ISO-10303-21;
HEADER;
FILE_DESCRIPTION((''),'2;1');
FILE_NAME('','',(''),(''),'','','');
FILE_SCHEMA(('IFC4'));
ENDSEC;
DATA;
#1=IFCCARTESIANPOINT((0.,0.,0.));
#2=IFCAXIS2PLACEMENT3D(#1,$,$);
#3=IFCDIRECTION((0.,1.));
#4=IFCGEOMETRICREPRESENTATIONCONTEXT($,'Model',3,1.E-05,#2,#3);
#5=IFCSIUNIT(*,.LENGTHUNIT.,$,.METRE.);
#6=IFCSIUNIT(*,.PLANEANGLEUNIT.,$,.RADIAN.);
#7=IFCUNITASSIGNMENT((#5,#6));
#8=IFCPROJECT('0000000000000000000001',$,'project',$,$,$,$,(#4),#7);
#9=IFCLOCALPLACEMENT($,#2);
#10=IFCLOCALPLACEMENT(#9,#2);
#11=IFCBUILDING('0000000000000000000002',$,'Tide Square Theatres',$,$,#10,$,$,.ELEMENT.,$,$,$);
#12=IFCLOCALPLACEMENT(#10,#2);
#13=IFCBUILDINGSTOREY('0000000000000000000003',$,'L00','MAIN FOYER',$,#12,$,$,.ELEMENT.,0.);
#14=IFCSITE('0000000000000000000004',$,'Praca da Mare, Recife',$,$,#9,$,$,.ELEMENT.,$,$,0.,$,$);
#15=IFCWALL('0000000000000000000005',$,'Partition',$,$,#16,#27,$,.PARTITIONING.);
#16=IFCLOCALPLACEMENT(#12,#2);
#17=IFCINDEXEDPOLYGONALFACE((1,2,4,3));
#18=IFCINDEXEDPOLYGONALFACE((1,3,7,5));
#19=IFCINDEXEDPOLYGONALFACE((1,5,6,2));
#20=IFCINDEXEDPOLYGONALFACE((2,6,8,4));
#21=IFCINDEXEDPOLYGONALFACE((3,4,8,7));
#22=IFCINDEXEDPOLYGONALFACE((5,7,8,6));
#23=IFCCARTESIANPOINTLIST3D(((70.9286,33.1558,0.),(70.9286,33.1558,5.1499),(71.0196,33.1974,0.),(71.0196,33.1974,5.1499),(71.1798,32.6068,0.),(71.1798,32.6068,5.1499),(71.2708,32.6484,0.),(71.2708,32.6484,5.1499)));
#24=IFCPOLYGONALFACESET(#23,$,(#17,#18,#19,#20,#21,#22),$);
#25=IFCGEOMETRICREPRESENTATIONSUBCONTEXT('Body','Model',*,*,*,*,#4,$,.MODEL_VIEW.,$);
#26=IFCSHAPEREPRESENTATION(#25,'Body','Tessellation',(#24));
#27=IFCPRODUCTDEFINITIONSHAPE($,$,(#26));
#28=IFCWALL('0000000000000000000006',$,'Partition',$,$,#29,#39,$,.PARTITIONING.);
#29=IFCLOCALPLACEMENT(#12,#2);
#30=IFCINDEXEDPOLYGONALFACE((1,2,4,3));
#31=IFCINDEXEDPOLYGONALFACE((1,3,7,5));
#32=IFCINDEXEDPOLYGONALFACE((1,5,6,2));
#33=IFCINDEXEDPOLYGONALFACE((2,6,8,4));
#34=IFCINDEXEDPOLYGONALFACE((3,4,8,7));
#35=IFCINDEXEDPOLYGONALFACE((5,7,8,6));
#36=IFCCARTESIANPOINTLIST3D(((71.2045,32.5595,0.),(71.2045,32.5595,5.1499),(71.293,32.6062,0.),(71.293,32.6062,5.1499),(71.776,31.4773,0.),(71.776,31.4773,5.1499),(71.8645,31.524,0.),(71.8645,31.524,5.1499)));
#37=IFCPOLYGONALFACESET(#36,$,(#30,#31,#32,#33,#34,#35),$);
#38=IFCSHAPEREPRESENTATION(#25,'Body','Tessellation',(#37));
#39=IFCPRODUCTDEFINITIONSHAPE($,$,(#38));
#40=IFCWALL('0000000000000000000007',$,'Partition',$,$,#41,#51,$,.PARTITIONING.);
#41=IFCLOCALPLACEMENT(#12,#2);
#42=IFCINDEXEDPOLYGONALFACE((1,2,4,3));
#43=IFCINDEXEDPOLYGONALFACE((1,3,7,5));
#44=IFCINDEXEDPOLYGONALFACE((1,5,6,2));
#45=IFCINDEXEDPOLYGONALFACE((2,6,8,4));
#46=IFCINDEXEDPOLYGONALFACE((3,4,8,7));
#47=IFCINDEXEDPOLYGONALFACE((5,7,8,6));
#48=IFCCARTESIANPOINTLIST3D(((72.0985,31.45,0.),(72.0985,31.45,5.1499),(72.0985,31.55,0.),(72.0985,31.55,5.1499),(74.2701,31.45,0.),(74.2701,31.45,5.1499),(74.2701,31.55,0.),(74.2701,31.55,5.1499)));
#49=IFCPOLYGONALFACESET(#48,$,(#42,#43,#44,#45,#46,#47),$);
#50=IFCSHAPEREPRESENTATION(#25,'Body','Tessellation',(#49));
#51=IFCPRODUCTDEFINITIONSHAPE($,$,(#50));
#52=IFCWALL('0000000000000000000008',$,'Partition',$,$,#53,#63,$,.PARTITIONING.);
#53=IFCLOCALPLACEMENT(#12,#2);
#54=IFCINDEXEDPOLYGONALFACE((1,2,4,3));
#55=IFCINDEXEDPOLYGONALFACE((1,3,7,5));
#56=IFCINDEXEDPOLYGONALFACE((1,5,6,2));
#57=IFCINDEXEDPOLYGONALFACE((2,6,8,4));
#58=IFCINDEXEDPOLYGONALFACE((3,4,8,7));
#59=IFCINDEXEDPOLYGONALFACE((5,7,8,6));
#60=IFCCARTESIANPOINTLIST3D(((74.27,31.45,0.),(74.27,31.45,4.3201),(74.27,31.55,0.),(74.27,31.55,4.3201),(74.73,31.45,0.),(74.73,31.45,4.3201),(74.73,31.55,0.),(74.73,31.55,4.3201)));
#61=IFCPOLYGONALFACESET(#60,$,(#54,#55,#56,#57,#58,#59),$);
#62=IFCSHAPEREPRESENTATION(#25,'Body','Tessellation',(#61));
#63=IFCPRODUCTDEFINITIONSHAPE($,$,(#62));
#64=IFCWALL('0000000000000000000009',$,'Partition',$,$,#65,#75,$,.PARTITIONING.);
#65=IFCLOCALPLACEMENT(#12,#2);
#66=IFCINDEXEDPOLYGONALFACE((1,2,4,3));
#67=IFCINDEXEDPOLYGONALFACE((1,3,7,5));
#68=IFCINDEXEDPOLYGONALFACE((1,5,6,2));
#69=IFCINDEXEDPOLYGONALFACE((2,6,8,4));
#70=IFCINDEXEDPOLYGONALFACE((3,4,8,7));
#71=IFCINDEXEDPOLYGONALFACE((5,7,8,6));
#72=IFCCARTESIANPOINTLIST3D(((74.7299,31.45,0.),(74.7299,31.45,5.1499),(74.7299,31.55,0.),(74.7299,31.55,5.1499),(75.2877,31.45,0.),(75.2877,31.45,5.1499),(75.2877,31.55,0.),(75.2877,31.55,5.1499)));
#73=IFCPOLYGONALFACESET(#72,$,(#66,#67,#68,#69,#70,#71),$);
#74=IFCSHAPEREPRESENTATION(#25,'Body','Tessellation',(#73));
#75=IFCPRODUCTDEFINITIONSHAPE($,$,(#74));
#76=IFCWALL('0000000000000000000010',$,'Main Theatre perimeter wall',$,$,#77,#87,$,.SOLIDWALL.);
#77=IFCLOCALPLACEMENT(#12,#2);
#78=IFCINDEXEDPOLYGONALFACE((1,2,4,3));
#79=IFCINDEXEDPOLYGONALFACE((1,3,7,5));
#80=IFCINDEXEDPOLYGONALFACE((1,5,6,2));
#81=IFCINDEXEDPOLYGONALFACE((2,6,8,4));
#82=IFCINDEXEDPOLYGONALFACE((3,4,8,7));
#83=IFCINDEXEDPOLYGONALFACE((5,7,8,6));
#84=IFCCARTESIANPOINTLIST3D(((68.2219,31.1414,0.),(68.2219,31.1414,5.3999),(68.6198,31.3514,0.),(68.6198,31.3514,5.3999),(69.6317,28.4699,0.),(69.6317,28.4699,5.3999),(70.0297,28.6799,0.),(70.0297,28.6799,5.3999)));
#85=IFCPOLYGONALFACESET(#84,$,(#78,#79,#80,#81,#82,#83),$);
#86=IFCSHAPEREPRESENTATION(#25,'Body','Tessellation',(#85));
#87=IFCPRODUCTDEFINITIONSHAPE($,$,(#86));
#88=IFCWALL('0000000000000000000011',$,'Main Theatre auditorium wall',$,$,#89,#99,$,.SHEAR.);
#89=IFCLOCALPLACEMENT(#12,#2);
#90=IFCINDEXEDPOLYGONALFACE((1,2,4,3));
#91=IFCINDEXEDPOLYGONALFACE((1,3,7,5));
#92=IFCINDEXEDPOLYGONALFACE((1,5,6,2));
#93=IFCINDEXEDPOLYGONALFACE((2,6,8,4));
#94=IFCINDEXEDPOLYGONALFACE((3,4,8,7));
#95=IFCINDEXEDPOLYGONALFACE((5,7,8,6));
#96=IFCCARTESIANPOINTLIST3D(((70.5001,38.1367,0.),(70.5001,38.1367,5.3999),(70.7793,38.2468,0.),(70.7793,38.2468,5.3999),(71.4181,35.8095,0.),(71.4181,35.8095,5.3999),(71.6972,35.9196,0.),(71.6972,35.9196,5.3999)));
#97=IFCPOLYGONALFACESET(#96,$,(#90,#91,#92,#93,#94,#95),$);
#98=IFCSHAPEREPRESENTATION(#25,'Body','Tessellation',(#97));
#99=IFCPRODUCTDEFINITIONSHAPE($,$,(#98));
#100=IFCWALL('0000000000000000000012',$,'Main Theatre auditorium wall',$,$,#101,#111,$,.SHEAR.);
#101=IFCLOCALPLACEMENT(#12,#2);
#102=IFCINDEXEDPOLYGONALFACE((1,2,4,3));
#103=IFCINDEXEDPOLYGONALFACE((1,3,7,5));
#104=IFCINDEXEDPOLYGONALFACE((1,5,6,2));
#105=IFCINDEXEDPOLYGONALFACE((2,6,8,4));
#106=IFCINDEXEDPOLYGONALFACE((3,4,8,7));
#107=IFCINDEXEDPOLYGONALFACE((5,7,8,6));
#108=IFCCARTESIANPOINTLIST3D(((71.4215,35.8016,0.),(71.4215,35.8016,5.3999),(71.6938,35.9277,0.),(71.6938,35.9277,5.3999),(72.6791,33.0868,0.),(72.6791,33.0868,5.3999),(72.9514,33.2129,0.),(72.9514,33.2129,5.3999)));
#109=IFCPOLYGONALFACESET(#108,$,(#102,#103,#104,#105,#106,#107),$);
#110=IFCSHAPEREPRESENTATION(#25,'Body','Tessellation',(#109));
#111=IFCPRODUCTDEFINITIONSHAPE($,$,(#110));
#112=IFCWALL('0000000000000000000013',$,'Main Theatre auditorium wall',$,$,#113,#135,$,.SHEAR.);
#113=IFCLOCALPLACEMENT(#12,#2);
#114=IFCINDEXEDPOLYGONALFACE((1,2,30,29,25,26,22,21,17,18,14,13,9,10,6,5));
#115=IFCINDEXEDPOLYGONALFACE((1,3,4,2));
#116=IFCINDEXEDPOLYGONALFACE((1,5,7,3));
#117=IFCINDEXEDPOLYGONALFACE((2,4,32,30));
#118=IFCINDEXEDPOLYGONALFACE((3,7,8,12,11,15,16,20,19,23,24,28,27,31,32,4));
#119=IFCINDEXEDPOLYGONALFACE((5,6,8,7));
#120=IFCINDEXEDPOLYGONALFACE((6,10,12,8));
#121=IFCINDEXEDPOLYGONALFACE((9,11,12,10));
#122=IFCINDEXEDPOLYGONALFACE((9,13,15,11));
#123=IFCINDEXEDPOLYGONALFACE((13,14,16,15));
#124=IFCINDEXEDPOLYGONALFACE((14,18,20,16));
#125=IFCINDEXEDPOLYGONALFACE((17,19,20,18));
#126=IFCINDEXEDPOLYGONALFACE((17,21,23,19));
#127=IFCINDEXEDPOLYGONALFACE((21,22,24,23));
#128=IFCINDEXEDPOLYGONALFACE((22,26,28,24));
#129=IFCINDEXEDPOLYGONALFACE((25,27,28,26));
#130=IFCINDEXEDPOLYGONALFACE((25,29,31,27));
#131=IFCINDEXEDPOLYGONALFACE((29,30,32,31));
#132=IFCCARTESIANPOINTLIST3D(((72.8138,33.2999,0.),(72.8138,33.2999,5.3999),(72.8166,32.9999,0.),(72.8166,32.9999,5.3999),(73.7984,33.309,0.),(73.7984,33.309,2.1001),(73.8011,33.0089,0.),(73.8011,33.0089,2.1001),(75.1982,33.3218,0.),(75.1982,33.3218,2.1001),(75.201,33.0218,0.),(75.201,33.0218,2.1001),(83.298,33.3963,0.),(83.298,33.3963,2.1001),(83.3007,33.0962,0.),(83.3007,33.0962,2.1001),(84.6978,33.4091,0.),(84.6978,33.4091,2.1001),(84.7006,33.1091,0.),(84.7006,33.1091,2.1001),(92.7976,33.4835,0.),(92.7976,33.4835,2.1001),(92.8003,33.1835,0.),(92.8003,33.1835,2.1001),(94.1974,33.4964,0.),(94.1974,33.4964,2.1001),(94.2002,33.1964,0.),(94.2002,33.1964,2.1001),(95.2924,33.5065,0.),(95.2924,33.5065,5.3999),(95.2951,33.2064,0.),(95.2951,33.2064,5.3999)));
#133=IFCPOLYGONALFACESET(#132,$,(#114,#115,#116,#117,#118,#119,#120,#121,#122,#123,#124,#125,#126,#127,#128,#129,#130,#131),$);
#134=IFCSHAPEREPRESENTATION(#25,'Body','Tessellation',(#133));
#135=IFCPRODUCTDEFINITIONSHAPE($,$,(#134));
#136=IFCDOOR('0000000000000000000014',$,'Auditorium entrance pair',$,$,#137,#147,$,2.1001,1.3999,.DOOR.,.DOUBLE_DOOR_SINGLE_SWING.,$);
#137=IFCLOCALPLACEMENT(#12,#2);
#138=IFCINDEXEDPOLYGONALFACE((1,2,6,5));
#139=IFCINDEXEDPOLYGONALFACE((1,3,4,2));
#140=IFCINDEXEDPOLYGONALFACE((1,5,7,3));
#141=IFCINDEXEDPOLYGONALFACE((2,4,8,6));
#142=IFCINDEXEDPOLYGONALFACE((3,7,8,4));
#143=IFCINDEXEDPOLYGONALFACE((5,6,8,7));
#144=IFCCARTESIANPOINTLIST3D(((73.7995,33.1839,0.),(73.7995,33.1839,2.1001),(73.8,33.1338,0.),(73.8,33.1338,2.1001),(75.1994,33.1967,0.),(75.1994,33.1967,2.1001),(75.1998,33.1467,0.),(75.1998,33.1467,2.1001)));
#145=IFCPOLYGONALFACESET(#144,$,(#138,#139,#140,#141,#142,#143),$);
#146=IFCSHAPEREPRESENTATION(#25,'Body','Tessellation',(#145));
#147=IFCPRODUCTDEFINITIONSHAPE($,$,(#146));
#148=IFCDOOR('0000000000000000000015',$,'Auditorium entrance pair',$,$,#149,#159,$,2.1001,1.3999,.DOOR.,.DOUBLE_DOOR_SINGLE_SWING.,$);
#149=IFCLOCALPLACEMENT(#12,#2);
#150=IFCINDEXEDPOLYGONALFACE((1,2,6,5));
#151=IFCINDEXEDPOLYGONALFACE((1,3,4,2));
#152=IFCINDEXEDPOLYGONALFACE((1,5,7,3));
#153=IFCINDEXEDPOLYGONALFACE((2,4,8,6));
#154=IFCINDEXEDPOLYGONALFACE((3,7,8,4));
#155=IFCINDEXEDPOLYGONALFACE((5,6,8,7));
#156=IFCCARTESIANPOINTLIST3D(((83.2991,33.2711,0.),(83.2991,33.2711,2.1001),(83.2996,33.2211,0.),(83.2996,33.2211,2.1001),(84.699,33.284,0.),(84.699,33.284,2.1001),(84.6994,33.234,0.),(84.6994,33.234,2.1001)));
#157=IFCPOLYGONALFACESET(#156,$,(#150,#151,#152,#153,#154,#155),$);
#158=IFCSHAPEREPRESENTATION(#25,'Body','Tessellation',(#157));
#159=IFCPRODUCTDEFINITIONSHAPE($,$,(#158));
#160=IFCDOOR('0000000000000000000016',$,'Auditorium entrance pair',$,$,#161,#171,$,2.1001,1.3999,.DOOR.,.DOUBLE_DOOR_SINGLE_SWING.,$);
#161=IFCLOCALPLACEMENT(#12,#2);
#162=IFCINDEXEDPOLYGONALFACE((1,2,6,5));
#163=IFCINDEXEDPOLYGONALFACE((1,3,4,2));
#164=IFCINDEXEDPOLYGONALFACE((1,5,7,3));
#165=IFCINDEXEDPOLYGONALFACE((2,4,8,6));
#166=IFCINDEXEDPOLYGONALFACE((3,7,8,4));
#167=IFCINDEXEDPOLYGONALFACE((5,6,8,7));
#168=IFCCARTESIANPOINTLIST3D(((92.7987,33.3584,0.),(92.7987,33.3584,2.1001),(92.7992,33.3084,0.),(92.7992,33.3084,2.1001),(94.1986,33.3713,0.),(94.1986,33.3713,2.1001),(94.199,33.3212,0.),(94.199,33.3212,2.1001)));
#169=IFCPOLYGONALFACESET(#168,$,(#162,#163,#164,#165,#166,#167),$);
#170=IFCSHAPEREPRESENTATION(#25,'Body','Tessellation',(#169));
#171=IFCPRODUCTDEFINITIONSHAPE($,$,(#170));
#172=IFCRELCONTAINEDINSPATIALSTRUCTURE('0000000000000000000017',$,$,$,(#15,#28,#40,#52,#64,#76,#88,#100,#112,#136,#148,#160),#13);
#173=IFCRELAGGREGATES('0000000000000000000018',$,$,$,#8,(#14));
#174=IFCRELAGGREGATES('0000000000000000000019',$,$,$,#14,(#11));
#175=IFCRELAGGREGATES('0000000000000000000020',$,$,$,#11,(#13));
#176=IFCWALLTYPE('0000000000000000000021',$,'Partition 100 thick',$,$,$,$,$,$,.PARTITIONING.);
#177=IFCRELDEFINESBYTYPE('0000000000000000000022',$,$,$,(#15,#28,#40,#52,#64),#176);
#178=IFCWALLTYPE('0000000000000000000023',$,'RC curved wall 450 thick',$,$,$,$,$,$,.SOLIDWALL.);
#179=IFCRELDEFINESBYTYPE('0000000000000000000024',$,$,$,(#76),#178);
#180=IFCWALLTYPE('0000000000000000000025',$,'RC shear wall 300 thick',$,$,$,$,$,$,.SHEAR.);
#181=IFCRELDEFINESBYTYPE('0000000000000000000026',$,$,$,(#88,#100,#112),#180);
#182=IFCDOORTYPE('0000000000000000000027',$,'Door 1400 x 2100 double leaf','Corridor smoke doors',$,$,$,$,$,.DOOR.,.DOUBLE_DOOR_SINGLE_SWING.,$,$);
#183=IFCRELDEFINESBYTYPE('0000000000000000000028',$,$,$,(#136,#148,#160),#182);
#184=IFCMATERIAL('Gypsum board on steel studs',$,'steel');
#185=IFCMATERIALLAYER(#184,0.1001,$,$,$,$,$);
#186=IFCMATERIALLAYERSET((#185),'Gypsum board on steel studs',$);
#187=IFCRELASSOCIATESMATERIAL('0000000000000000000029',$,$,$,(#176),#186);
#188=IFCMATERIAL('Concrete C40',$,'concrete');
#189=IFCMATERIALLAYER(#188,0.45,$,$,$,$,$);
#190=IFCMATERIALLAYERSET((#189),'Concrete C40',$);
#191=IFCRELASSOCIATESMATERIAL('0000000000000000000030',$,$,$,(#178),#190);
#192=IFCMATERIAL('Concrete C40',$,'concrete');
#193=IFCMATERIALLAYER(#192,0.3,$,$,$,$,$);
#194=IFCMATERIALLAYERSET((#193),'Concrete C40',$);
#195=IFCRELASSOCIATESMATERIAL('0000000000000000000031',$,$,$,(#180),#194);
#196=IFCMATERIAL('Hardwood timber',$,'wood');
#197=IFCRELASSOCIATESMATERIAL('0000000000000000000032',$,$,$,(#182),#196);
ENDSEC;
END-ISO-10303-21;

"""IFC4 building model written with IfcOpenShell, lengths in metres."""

from ifc_helpers import new_model, si_unit, direction, frame, frame_2d, origin, place, context, subcontext, project, spatial, rectangle, extrude, material, layer, layer_set, type_object, element, fill, save


model = new_model("IFC4")

# Units and contexts
model_context = context("Model", 3, precision=1e-05, world=origin(), true_north=direction((0.0, 1.0)))
body_context = subcontext(model_context, "Body", "Model", "MODEL_VIEW")
ifc_project = project(units=[si_unit("LENGTHUNIT", "METRE"), si_unit("PLANEANGLEUNIT", "RADIAN")], contexts=[model_context])

# Site, building, storey
site_placement = place(None, origin())
site = spatial("IfcSite", under=ifc_project, at=site_placement, Name="Praca da Mare, Recife", CompositionType="ELEMENT", RefElevation=0.0)
building_placement = place(site_placement, origin())
building = spatial("IfcBuilding", under=site, at=building_placement, Name="Tide Square Theatres", CompositionType="ELEMENT")
storey_placement = place(building_placement, origin())
storey = spatial("IfcBuildingStorey", under=building, at=storey_placement, Name="L00", Description="MAIN FOYER", CompositionType="ELEMENT", Elevation=0.0)

# Walls
ifc_material_1 = material(Name="Gypsum board on steel studs", Category="steel")
ifc_layer_1 = layer(ifc_material_1, 0.1001)
ifc_layer_set_1 = layer_set([ifc_layer_1], Name="Gypsum board on steel studs")
wall_type_1 = type_object("IfcWallType", Name="Partition 100 thick", PredefinedType="PARTITIONING", material=ifc_layer_set_1)
wall_1_placement = place(storey_placement, frame((70.9741, 33.1765, 0.0), z_axis=(0.0, 0.0, 1.0), x_axis=(0.416056, -0.909339, 0.0)))
element("IfcWall", 1, at=wall_1_placement, inside=storey, type_object=wall_type_1, Name="Partition", PredefinedType="PARTITIONING", context=body_context, shape_type="SweptSolid", body=[
    extrude(rectangle(XDim=0.6038, YDim=0.1001, at=frame_2d((0.3018, 0.0))), origin(), (0.0, 0.0, 1.0), 5.1499),
])
wall_2_placement = place(storey_placement, frame((71.2488, 32.5828, 0.0), z_axis=(0.0, 0.0, 1.0), x_axis=(0.466971, -0.884273, 0.0)))
element("IfcWall", 2, at=wall_2_placement, inside=storey, type_object=wall_type_1, Name="Partition", PredefinedType="PARTITIONING", context=body_context, shape_type="SweptSolid", body=[
    extrude(rectangle(XDim=1.2239, YDim=0.1001, at=frame_2d((0.6118, 0.0))), origin(), (0.0, 0.0, 1.0), 5.1499),
])
wall_3_placement = place(storey_placement, frame((72.0984, 31.5, 0.0), z_axis=(0.0, 0.0, 1.0), x_axis=(1.0, 0.0, 0.0)))
element("IfcWall", 3, at=wall_3_placement, inside=storey, type_object=wall_type_1, Name="Partition", PredefinedType="PARTITIONING", context=body_context, shape_type="SweptSolid", body=[
    extrude(rectangle(XDim=2.1716, YDim=0.1001, at=frame_2d((1.0859, 0.0))), origin(), (0.0, 0.0, 1.0), 5.1499),
])
wall_4_placement = place(storey_placement, frame((74.27, 31.5, 0.0), z_axis=(0.0, 0.0, 1.0), x_axis=(1.0, 0.0, 0.0)))
element("IfcWall", 4, at=wall_4_placement, inside=storey, type_object=wall_type_1, Name="Partition", PredefinedType="PARTITIONING", context=body_context, shape_type="SweptSolid", body=[
    extrude(rectangle(XDim=0.46, YDim=0.1001, at=frame_2d((0.23, 0.0))), origin(), (0.0, 0.0, 1.0), 4.3201),
])
wall_5_placement = place(storey_placement, frame((74.73, 31.5, 0.0), z_axis=(0.0, 0.0, 1.0), x_axis=(1.0, 0.0, 0.0)))
element("IfcWall", 5, at=wall_5_placement, inside=storey, type_object=wall_type_1, Name="Partition", PredefinedType="PARTITIONING", context=body_context, shape_type="SweptSolid", body=[
    extrude(rectangle(XDim=0.5579, YDim=0.1001, at=frame_2d((0.2788, 0.0))), origin(), (0.0, 0.0, 1.0), 5.1499),
])
ifc_material_2 = material(Name="Concrete C40", Category="concrete")
ifc_layer_2 = layer(ifc_material_2, 0.45)
ifc_layer_set_2 = layer_set([ifc_layer_2], Name="Concrete C40")
wall_type_2 = type_object("IfcWallType", Name="RC curved wall 450 thick", PredefinedType="SOLIDWALL", material=ifc_layer_set_2)
wall_6_placement = place(storey_placement, frame((68.4209, 31.2463, 0.0), z_axis=(0.0, 0.0, 1.0), x_axis=(0.466729, -0.884401, 0.0)))
element("IfcWall", 6, at=wall_6_placement, inside=storey, type_object=wall_type_2, Name="Main Theatre perimeter wall", PredefinedType="SOLIDWALL", context=body_context, shape_type="SweptSolid", body=[
    extrude(rectangle(XDim=3.0208, YDim=0.45, at=frame_2d((1.5103, 0.0))), origin(), (0.0, 0.0, 1.0), 5.3999),
])
ifc_material_3 = material(Name="Concrete C40", Category="concrete")
ifc_layer_3 = layer(ifc_material_3, 0.3)
ifc_layer_set_3 = layer_set([ifc_layer_3], Name="Concrete C40")
wall_type_3 = type_object("IfcWallType", Name="RC shear wall 300 thick", PredefinedType="SHEAR", material=ifc_layer_set_3)
wall_7_placement = place(storey_placement, frame((70.6396, 38.1919, 0.0), z_axis=(0.0, 0.0, 1.0), x_axis=(0.366944, -0.930243, 0.0)))
element("IfcWall", 7, at=wall_7_placement, inside=storey, type_object=wall_type_3, Name="Main Theatre auditorium wall", PredefinedType="SHEAR", context=body_context, shape_type="SweptSolid", body=[
    extrude(rectangle(XDim=2.5017, YDim=0.3, at=frame_2d((1.251, 0.0))), origin(), (0.0, 0.0, 1.0), 5.3999),
])
wall_8_placement = place(storey_placement, frame((71.5576, 35.8647, 0.0), z_axis=(0.0, 0.0, 1.0), x_axis=(0.420315, -0.907378, 0.0)))
element("IfcWall", 8, at=wall_8_placement, inside=storey, type_object=wall_type_3, Name="Main Theatre auditorium wall", PredefinedType="SHEAR", context=body_context, shape_type="SweptSolid", body=[
    extrude(rectangle(XDim=2.9919, YDim=0.3, at=frame_2d((1.4961, 0.0))), origin(), (0.0, 0.0, 1.0), 5.3999),
])

# Wall, openings, doors
wall_9_placement = place(storey_placement, frame((72.8152, 33.1499, 0.0), z_axis=(0.0, 0.0, 1.0), x_axis=(0.999958, 0.009188, 0.0)))
wall_9 = element("IfcWall", 9, at=wall_9_placement, inside=storey, type_object=wall_type_3, Name="Main Theatre auditorium wall", PredefinedType="SHEAR", context=body_context, shape_type="SweptSolid", body=[
    extrude(rectangle(XDim=22.4795, YDim=0.3, at=frame_2d((11.2397, 0.0))), origin(), (0.0, 0.0, 1.0), 5.3999),
])
opening_1_placement = place(wall_9_placement, frame((0.9846, 0.0, 0.0)))
opening_1 = element("IfcOpeningElement", 10, at=opening_1_placement, cuts=wall_9, PredefinedType="OPENING", context=body_context, shape_type="SweptSolid", body=[
    extrude(rectangle(XDim=1.3999, YDim=2.1001, at=frame_2d((0.7, 1.05))), frame((0.0, 0.1599, 0.0), z_axis=(0.0, -1.0, 0.0), x_axis=(1.0, 0.0, 0.0)), (0.0, 0.0, 1.0), 0.3201),
])
opening_2_placement = place(wall_9_placement, frame((10.4846, 0.0, 0.0)))
opening_2 = element("IfcOpeningElement", 11, at=opening_2_placement, cuts=wall_9, PredefinedType="OPENING", context=body_context, shape_type="SweptSolid", body=[
    extrude(rectangle(XDim=1.3999, YDim=2.1001, at=frame_2d((0.7, 1.05))), frame((0.0, 0.1599, 0.0), z_axis=(0.0, -1.0, 0.0), x_axis=(1.0, 0.0, 0.0)), (0.0, 0.0, 1.0), 0.3201),
])
opening_3_placement = place(wall_9_placement, frame((19.9846, 0.0, 0.0)))
opening_3 = element("IfcOpeningElement", 12, at=opening_3_placement, cuts=wall_9, PredefinedType="OPENING", context=body_context, shape_type="SweptSolid", body=[
    extrude(rectangle(XDim=1.3999, YDim=2.1001, at=frame_2d((0.7, 1.05))), frame((0.0, 0.1599, 0.0), z_axis=(0.0, -1.0, 0.0), x_axis=(1.0, 0.0, 0.0)), (0.0, 0.0, 1.0), 0.3201),
])
ifc_material_4 = material(Name="Hardwood timber", Category="wood")
door_type = type_object("IfcDoorType", Name="Door 1400 x 2100 double leaf", Description="Corridor smoke doors", OperationType="DOUBLE_DOOR_SINGLE_SWING", PredefinedType="DOOR", material=ifc_material_4)
door_1_placement = place(opening_1_placement, origin())
door_1 = element("IfcDoor", 13, at=door_1_placement, inside=storey, type_object=door_type, Name="Auditorium entrance pair", OperationType="DOUBLE_DOOR_SINGLE_SWING", OverallHeight=2.1001, OverallWidth=1.3999, PredefinedType="DOOR", context=body_context, shape_type="SweptSolid", body=[
    extrude(rectangle(XDim=1.3999, YDim=2.1001, at=frame_2d((0.7, 1.05))), frame((0.0, 0.0249, 0.0), z_axis=(0.0, -1.0, 0.0), x_axis=(1.0, 0.0, 0.0)), (0.0, 0.0, 1.0), 0.05),
])
fill(opening_1, door_1)
door_2_placement = place(opening_2_placement, origin())
door_2 = element("IfcDoor", 14, at=door_2_placement, inside=storey, type_object=door_type, Name="Auditorium entrance pair", OperationType="DOUBLE_DOOR_SINGLE_SWING", OverallHeight=2.1001, OverallWidth=1.3999, PredefinedType="DOOR", context=body_context, shape_type="SweptSolid", body=[
    extrude(rectangle(XDim=1.3999, YDim=2.1001, at=frame_2d((0.7, 1.05))), frame((0.0, 0.0249, 0.0), z_axis=(0.0, -1.0, 0.0), x_axis=(1.0, 0.0, 0.0)), (0.0, 0.0, 1.0), 0.05),
])
fill(opening_2, door_2)
door_3_placement = place(opening_3_placement, origin())
door_3 = element("IfcDoor", 15, at=door_3_placement, inside=storey, type_object=door_type, Name="Auditorium entrance pair", OperationType="DOUBLE_DOOR_SINGLE_SWING", OverallHeight=2.1001, OverallWidth=1.3999, PredefinedType="DOOR", context=body_context, shape_type="SweptSolid", body=[
    extrude(rectangle(XDim=1.3999, YDim=2.1001, at=frame_2d((0.7, 1.05))), frame((0.0, 0.0249, 0.0), z_axis=(0.0, -1.0, 0.0), x_axis=(1.0, 0.0, 0.0)), (0.0, 0.0, 1.0), 0.05),
])
fill(opening_3, door_3)

save(model, "model.ifc")
